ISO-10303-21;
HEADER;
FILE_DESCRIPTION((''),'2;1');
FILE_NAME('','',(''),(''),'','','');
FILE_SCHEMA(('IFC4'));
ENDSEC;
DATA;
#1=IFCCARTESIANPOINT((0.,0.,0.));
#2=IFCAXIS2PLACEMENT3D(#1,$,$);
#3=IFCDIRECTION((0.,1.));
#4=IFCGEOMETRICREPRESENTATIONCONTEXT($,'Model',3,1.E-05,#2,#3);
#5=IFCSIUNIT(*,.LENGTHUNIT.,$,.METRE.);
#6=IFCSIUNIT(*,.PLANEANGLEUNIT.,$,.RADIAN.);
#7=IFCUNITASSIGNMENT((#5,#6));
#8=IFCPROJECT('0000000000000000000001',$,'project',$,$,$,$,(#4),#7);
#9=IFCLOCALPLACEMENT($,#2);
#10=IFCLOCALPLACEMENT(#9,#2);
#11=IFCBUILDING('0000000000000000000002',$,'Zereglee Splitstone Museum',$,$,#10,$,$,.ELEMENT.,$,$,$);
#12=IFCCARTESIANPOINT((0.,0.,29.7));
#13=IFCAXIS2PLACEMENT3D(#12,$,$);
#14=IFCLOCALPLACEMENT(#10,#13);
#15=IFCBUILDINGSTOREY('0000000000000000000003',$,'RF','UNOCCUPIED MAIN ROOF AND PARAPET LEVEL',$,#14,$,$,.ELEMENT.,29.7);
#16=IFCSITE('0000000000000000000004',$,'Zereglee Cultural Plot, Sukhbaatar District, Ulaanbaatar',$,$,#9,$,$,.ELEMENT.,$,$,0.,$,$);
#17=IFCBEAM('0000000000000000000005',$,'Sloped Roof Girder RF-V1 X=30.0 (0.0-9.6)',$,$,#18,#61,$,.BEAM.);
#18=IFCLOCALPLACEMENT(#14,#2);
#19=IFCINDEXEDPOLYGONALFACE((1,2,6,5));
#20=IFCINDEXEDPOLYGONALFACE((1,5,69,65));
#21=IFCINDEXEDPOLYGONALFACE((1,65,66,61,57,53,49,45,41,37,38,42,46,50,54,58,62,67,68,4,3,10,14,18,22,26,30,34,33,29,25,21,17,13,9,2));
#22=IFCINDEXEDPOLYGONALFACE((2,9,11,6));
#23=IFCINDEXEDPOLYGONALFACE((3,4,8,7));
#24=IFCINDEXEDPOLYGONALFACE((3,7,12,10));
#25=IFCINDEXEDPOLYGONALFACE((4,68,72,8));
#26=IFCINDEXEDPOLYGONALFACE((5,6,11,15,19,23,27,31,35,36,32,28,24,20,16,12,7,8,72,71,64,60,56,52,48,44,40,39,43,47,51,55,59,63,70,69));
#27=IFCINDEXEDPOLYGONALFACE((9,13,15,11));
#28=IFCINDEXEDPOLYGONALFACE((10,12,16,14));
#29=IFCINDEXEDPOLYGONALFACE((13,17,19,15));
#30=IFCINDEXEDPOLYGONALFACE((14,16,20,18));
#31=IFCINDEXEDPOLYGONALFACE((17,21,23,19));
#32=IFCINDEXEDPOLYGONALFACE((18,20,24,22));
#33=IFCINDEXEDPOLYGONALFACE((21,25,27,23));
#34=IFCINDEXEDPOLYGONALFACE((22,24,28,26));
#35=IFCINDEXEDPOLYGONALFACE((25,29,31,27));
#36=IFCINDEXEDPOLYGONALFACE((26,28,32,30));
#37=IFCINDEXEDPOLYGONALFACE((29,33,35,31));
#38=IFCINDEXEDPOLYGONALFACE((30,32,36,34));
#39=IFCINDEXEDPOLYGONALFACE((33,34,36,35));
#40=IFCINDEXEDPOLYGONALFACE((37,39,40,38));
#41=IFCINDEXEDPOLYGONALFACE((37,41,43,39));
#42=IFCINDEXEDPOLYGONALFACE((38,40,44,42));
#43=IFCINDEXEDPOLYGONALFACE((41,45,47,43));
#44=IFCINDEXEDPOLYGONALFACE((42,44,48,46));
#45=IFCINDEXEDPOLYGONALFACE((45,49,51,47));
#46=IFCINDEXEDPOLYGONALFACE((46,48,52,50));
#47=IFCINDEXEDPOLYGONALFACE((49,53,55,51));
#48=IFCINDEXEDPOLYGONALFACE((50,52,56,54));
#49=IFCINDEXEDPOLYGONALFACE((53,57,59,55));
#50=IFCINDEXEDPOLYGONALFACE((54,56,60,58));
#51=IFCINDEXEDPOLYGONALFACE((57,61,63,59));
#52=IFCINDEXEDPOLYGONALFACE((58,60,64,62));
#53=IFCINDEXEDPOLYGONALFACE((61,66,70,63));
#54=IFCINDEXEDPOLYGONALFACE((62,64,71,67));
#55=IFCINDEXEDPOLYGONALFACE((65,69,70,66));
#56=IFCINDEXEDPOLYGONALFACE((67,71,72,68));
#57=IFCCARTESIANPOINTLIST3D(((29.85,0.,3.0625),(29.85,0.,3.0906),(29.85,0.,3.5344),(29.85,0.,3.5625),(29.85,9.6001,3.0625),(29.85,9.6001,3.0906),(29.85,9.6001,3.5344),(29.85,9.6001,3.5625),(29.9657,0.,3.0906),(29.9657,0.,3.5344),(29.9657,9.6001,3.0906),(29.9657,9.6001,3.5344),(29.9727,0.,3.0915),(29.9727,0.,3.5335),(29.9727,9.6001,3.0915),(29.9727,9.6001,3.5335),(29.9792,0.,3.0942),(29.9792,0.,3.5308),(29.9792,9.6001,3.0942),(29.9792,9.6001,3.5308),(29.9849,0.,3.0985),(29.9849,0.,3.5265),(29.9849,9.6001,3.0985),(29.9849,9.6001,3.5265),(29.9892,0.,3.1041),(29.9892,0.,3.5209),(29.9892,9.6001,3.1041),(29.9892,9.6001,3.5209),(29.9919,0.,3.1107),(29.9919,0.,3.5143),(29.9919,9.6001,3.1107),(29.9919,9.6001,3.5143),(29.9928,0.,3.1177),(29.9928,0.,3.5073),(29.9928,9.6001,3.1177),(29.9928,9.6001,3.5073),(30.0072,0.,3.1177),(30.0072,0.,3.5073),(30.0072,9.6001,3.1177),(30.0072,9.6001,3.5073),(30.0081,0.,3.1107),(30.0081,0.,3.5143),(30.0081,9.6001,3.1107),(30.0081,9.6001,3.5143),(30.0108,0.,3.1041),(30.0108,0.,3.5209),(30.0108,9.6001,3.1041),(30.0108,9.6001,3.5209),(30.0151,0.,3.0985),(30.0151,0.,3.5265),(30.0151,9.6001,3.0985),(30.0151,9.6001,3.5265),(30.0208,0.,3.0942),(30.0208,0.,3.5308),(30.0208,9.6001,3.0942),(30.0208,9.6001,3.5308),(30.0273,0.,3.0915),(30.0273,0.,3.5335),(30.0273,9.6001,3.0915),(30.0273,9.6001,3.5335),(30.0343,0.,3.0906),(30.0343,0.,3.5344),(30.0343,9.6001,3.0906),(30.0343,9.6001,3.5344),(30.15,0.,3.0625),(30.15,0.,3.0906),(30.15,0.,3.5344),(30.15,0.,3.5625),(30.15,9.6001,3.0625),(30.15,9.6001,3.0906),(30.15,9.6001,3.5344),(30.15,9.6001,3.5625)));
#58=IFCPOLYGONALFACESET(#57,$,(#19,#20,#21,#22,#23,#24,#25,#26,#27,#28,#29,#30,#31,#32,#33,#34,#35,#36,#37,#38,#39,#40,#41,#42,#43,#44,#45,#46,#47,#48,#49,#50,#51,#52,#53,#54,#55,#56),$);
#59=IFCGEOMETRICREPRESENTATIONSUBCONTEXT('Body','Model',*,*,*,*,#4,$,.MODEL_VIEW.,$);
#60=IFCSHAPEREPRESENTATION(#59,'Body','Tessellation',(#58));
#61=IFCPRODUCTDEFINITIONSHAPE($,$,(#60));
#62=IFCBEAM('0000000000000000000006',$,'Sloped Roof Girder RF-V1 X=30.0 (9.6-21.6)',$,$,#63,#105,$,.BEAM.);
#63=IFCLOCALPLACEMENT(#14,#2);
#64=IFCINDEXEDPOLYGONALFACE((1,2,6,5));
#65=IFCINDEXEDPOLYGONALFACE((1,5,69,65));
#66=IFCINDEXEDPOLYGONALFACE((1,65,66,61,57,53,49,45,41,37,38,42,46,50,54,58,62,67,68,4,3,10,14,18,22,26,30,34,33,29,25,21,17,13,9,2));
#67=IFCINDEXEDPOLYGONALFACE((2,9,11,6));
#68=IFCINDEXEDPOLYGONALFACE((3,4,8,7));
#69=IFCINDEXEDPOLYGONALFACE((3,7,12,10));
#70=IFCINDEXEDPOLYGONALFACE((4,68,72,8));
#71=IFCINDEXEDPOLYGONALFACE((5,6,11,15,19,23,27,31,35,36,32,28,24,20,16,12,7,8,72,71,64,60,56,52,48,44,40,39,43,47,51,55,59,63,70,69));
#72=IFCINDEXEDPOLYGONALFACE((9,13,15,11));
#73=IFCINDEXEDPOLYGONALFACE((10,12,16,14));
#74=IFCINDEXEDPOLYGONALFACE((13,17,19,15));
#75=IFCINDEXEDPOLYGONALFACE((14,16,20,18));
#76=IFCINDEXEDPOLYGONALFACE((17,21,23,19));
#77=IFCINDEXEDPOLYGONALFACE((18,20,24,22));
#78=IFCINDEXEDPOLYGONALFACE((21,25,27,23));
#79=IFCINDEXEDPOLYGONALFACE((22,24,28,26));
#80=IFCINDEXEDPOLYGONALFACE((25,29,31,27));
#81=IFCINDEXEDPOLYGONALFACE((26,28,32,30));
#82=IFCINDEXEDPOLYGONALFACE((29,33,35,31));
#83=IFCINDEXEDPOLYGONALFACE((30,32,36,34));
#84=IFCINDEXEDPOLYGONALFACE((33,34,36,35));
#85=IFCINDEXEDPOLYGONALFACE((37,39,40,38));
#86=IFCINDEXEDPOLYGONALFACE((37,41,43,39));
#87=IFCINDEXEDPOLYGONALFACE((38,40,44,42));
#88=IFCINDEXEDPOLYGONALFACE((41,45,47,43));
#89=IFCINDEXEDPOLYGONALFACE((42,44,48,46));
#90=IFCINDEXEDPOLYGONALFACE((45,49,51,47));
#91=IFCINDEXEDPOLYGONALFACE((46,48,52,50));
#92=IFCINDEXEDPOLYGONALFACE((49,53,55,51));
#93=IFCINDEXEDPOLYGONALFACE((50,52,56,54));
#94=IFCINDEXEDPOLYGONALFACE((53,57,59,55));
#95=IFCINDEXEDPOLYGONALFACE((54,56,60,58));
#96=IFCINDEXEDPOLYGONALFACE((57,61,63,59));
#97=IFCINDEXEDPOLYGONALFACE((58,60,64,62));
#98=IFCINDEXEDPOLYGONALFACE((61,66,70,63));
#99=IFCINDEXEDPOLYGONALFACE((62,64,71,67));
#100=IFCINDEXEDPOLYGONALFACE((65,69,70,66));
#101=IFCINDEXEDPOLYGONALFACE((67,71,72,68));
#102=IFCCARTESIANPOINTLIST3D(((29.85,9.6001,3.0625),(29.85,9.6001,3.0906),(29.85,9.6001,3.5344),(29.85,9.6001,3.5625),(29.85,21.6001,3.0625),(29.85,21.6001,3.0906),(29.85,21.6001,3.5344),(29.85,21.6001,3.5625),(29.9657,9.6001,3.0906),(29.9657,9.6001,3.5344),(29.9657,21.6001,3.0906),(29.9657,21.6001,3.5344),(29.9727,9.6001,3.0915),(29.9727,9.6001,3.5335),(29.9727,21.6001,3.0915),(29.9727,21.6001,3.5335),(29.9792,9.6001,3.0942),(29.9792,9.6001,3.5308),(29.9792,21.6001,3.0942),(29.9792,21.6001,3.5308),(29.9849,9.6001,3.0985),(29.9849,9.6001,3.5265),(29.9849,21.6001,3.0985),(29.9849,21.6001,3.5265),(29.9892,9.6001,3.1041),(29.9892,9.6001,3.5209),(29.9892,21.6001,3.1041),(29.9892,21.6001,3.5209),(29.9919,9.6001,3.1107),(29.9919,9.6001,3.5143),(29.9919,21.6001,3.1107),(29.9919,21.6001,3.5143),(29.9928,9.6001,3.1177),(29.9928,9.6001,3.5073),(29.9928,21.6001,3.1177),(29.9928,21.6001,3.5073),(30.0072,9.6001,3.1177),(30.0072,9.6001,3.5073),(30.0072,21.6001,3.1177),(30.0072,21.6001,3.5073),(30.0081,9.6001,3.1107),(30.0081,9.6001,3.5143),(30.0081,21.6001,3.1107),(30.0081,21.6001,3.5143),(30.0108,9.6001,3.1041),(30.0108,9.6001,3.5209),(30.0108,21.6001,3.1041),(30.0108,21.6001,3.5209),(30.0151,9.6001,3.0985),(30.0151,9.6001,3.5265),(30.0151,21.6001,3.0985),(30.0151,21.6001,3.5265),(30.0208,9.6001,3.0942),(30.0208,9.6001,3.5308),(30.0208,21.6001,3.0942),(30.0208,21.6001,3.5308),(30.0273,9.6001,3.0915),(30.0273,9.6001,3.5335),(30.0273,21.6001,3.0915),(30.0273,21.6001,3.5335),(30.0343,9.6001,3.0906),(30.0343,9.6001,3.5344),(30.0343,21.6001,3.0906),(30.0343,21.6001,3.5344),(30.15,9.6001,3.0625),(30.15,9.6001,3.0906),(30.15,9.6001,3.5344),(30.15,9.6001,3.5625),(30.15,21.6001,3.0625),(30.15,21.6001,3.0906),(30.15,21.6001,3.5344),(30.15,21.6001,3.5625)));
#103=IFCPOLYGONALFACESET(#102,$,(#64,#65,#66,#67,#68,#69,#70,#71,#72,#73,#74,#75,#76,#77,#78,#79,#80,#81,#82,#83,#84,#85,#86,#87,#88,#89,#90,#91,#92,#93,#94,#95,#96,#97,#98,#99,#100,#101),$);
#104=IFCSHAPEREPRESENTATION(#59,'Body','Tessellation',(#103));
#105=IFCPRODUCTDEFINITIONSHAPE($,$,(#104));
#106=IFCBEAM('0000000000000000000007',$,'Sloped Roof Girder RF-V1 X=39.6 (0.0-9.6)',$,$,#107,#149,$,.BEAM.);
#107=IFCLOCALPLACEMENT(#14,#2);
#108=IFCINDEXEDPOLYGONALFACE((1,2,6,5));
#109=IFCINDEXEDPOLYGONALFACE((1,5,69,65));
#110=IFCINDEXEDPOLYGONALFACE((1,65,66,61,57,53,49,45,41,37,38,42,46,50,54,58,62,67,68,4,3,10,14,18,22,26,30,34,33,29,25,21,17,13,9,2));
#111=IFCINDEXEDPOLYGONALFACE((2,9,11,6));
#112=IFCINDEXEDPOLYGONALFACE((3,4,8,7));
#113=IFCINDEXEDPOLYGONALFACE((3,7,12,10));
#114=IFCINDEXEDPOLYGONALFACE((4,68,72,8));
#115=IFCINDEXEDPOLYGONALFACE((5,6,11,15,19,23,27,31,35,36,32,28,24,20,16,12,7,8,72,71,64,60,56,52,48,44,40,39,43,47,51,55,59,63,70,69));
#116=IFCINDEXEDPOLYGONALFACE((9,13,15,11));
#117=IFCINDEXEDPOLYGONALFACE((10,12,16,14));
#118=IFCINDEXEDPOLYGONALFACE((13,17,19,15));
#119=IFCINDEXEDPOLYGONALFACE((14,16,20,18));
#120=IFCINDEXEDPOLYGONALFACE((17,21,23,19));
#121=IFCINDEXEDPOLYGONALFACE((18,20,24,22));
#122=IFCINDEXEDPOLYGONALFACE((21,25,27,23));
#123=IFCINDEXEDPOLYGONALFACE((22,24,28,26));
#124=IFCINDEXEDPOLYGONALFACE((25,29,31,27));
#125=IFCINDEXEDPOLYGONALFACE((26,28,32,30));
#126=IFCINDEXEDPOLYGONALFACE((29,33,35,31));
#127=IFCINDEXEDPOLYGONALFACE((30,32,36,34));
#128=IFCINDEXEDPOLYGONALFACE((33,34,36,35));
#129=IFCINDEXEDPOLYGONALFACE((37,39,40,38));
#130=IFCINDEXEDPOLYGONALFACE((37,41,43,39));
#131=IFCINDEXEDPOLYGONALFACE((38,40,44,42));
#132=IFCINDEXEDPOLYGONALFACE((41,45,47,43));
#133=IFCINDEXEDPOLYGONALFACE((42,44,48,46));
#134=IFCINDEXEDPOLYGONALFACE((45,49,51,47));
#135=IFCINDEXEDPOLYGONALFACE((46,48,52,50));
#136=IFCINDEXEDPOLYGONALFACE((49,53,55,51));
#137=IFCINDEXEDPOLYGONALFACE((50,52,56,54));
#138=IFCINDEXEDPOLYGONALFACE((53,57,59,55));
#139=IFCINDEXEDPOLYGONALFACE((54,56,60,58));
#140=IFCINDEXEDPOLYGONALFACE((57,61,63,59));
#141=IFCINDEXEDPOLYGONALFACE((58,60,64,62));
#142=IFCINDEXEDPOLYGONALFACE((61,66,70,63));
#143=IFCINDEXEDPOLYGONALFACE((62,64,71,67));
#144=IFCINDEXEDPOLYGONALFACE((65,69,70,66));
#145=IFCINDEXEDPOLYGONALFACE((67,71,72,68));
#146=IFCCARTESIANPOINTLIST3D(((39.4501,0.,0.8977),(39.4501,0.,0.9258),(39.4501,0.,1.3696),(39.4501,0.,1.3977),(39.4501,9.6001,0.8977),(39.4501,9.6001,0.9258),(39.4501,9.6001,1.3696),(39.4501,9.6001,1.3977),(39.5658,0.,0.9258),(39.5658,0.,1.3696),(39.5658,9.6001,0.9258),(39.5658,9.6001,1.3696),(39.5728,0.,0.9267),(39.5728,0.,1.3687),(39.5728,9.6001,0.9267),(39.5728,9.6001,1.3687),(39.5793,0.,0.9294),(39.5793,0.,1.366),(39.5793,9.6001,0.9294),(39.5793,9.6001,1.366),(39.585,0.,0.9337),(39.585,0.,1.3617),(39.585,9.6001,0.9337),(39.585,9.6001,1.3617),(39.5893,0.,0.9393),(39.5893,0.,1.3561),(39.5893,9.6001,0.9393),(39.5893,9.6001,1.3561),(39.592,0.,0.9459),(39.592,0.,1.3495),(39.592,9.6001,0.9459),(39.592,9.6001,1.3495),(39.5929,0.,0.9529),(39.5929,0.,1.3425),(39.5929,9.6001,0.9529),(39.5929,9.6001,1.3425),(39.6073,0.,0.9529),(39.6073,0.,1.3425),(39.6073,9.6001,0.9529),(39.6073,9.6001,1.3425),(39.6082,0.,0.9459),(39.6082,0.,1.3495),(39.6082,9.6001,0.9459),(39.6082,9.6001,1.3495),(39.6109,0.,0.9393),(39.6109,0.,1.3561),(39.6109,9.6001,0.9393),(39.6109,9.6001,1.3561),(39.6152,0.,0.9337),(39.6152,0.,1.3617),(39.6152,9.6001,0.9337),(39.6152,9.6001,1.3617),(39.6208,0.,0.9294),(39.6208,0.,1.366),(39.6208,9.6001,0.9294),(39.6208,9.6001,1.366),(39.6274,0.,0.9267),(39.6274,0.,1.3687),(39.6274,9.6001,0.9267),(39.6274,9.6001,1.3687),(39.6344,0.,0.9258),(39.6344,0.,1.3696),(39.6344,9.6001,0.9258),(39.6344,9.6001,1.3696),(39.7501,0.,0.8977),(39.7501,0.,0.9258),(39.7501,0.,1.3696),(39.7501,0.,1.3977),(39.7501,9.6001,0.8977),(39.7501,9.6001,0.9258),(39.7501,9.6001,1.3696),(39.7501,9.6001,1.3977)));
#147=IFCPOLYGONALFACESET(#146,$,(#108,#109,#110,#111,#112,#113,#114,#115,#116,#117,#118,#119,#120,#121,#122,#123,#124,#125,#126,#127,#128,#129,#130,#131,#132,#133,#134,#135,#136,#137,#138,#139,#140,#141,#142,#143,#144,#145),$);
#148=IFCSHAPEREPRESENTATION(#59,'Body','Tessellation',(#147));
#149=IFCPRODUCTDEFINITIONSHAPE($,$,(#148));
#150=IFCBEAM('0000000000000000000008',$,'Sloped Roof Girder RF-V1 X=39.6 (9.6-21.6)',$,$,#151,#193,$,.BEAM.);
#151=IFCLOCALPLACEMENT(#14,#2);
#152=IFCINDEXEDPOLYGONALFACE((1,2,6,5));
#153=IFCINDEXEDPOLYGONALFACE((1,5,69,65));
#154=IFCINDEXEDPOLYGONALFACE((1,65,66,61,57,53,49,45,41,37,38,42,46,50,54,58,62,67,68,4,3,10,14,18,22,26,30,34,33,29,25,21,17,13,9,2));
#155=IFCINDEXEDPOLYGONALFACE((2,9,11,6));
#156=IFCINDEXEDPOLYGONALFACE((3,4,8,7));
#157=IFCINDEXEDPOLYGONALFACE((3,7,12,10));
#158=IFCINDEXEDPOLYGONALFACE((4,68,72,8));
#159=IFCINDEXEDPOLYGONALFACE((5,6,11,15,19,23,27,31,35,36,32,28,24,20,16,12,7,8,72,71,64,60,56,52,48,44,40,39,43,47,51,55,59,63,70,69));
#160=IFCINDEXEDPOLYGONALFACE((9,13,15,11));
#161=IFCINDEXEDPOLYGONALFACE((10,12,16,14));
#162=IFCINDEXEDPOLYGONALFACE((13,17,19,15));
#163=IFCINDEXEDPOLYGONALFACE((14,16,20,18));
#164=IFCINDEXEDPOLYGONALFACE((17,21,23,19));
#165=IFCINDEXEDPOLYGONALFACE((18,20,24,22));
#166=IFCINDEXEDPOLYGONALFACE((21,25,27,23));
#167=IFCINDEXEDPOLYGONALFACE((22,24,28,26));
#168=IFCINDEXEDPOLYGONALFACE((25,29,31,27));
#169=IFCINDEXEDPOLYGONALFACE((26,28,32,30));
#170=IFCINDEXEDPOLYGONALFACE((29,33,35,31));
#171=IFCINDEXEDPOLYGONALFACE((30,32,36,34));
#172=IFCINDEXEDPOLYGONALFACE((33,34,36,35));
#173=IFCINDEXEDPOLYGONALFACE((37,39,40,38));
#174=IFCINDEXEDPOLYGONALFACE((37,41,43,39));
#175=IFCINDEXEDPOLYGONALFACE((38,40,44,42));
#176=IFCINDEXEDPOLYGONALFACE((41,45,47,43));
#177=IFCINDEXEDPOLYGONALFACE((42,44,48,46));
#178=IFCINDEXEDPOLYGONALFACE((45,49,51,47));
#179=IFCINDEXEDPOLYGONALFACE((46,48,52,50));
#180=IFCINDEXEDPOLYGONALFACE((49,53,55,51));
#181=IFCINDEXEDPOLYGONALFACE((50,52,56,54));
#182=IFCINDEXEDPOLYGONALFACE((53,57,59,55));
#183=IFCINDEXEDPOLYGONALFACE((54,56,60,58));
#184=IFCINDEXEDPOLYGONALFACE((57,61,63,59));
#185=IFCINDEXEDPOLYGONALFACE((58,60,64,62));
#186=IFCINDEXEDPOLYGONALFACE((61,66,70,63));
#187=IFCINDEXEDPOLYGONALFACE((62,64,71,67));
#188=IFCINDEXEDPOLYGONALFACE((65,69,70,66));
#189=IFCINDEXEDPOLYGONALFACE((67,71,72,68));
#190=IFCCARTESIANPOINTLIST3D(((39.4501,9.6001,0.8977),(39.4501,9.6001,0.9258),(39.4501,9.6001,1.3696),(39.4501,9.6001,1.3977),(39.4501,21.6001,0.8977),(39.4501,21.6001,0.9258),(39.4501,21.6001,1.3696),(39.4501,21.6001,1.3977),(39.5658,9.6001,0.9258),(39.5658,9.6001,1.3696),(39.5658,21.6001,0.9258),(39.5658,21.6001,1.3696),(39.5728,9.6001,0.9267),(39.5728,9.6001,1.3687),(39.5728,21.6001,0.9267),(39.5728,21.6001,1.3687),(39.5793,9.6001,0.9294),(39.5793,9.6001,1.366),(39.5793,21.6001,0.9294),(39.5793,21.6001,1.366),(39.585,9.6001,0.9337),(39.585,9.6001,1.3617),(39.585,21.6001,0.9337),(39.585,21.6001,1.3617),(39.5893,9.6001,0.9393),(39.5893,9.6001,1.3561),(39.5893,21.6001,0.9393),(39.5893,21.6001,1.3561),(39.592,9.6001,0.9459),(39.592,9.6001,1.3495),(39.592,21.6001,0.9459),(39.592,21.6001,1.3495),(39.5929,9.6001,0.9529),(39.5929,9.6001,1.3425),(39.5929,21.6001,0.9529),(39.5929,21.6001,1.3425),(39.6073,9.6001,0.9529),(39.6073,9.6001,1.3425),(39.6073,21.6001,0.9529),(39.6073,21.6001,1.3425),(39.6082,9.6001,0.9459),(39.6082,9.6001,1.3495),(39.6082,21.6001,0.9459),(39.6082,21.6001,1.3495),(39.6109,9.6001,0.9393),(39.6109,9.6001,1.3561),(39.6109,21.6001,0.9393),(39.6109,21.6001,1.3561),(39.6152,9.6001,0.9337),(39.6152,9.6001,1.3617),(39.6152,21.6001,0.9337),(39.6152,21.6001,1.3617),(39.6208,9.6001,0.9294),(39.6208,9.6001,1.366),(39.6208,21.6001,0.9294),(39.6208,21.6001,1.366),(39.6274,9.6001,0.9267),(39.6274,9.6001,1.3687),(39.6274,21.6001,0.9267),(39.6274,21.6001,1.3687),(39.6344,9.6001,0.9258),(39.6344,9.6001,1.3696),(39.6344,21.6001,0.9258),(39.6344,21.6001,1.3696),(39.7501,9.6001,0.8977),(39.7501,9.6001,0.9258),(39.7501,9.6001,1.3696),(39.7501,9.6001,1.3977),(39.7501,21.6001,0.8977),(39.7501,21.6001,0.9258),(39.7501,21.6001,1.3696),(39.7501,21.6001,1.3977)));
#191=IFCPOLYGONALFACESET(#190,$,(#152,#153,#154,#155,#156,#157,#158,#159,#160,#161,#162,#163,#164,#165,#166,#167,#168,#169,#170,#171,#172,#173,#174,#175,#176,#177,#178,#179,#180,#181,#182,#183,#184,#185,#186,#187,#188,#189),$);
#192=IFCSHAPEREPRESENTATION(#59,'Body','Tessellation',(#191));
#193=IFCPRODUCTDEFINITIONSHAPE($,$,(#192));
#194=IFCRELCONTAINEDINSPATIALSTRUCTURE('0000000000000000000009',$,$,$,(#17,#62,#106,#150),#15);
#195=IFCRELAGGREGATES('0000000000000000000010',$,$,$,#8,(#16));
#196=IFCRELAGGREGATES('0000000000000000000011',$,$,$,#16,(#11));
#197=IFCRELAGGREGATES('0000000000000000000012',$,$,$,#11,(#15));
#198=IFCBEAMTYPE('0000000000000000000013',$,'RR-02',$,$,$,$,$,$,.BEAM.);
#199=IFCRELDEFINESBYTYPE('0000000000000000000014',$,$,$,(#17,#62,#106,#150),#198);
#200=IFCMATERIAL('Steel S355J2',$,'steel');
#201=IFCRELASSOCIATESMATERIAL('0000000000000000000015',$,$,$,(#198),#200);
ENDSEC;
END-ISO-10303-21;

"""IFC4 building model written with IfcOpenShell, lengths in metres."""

from ifc_helpers import new_model, si_unit, direction, frame, origin, origin_2d, place, context, subcontext, project, spatial, i_section, extrude, material, material_profile, profile_set, type_object, element, save


model = new_model("IFC4")

# Units and contexts
model_context = context("Model", 3, precision=1e-05, world=origin(), true_north=direction((0.0, 1.0)))
body_context = subcontext(model_context, "Body", "Model", "MODEL_VIEW")
ifc_project = project(units=[si_unit("LENGTHUNIT", "METRE"), si_unit("PLANEANGLEUNIT", "RADIAN")], contexts=[model_context])

# Site, building, storey
site_placement = place(None, origin())
site = spatial("IfcSite", under=ifc_project, at=site_placement, Name="Zereglee Cultural Plot, Sukhbaatar District, Ulaanbaatar", CompositionType="ELEMENT", RefElevation=0.0)
building_placement = place(site_placement, origin())
building = spatial("IfcBuilding", under=site, at=building_placement, Name="Zereglee Splitstone Museum", CompositionType="ELEMENT")
storey_placement = place(building_placement, frame((0.0, 0.0, 29.7)))
storey = spatial("IfcBuildingStorey", under=building, at=storey_placement, Name="RF", Description="UNOCCUPIED MAIN ROOF AND PARAPET LEVEL", CompositionType="ELEMENT", Elevation=29.7)

# Shared definitions
ifc_material_1 = material(Name="Steel S355J2", Category="steel")

# Beams
ifc_material_profile_1 = material_profile(ifc_material_1, i_section(OverallWidth=0.3, OverallDepth=0.5, WebThickness=0.0144, FlangeThickness=0.0281, FilletRadius=0.0271, at=origin_2d()), Name="HE 500 B")
ifc_profile_set_1 = profile_set([ifc_material_profile_1], Name="Steel S355J2")
beam_type = type_object("IfcBeamType", Name="RR-02", PredefinedType="BEAM", material=ifc_profile_set_1)
beam_1_placement = place(storey_placement, frame((30.0, 0.0, 3.3125), z_axis=(0.0, 1.0, 0.0), x_axis=(-1.0, 0.0, 0.0)))
element("IfcBeam", 1, at=beam_1_placement, inside=storey, type_object=beam_type, Name="Sloped Roof Girder RF-V1 X=30.0 (0.0-9.6)", PredefinedType="BEAM", context=body_context, shape_type="SweptSolid", body=[
    extrude(i_section(OverallWidth=0.3, OverallDepth=0.5, WebThickness=0.0144, FlangeThickness=0.0281, FilletRadius=0.0271, at=origin_2d()), origin(), (0.0, 0.0, 1.0), 9.6001),
])
beam_2_placement = place(storey_placement, frame((30.0, 9.6001, 3.3125), z_axis=(0.0, 1.0, 0.0), x_axis=(-1.0, 0.0, 0.0)))
element("IfcBeam", 2, at=beam_2_placement, inside=storey, type_object=beam_type, Name="Sloped Roof Girder RF-V1 X=30.0 (9.6-21.6)", PredefinedType="BEAM", context=body_context, shape_type="SweptSolid", body=[
    extrude(i_section(OverallWidth=0.3, OverallDepth=0.5, WebThickness=0.0144, FlangeThickness=0.0281, FilletRadius=0.0271, at=origin_2d()), origin(), (0.0, 0.0, 1.0), 12.0),
])
beam_3_placement = place(storey_placement, frame((39.6001, 0.0, 1.1477), z_axis=(0.0, 1.0, 0.0), x_axis=(-1.0, 0.0, 0.0)))
element("IfcBeam", 3, at=beam_3_placement, inside=storey, type_object=beam_type, Name="Sloped Roof Girder RF-V1 X=39.6 (0.0-9.6)", PredefinedType="BEAM", context=body_context, shape_type="SweptSolid", body=[
    extrude(i_section(OverallWidth=0.3, OverallDepth=0.5, WebThickness=0.0144, FlangeThickness=0.0281, FilletRadius=0.0271, at=origin_2d()), origin(), (0.0, 0.0, 1.0), 9.6001),
])
beam_4_placement = place(storey_placement, frame((39.6001, 9.6001, 1.1477), z_axis=(0.0, 1.0, 0.0), x_axis=(-1.0, 0.0, 0.0)))
element("IfcBeam", 4, at=beam_4_placement, inside=storey, type_object=beam_type, Name="Sloped Roof Girder RF-V1 X=39.6 (9.6-21.6)", PredefinedType="BEAM", context=body_context, shape_type="SweptSolid", body=[
    extrude(i_section(OverallWidth=0.3, OverallDepth=0.5, WebThickness=0.0144, FlangeThickness=0.0281, FilletRadius=0.0271, at=origin_2d()), origin(), (0.0, 0.0, 1.0), 12.0),
])

save(model, "model.ifc")
